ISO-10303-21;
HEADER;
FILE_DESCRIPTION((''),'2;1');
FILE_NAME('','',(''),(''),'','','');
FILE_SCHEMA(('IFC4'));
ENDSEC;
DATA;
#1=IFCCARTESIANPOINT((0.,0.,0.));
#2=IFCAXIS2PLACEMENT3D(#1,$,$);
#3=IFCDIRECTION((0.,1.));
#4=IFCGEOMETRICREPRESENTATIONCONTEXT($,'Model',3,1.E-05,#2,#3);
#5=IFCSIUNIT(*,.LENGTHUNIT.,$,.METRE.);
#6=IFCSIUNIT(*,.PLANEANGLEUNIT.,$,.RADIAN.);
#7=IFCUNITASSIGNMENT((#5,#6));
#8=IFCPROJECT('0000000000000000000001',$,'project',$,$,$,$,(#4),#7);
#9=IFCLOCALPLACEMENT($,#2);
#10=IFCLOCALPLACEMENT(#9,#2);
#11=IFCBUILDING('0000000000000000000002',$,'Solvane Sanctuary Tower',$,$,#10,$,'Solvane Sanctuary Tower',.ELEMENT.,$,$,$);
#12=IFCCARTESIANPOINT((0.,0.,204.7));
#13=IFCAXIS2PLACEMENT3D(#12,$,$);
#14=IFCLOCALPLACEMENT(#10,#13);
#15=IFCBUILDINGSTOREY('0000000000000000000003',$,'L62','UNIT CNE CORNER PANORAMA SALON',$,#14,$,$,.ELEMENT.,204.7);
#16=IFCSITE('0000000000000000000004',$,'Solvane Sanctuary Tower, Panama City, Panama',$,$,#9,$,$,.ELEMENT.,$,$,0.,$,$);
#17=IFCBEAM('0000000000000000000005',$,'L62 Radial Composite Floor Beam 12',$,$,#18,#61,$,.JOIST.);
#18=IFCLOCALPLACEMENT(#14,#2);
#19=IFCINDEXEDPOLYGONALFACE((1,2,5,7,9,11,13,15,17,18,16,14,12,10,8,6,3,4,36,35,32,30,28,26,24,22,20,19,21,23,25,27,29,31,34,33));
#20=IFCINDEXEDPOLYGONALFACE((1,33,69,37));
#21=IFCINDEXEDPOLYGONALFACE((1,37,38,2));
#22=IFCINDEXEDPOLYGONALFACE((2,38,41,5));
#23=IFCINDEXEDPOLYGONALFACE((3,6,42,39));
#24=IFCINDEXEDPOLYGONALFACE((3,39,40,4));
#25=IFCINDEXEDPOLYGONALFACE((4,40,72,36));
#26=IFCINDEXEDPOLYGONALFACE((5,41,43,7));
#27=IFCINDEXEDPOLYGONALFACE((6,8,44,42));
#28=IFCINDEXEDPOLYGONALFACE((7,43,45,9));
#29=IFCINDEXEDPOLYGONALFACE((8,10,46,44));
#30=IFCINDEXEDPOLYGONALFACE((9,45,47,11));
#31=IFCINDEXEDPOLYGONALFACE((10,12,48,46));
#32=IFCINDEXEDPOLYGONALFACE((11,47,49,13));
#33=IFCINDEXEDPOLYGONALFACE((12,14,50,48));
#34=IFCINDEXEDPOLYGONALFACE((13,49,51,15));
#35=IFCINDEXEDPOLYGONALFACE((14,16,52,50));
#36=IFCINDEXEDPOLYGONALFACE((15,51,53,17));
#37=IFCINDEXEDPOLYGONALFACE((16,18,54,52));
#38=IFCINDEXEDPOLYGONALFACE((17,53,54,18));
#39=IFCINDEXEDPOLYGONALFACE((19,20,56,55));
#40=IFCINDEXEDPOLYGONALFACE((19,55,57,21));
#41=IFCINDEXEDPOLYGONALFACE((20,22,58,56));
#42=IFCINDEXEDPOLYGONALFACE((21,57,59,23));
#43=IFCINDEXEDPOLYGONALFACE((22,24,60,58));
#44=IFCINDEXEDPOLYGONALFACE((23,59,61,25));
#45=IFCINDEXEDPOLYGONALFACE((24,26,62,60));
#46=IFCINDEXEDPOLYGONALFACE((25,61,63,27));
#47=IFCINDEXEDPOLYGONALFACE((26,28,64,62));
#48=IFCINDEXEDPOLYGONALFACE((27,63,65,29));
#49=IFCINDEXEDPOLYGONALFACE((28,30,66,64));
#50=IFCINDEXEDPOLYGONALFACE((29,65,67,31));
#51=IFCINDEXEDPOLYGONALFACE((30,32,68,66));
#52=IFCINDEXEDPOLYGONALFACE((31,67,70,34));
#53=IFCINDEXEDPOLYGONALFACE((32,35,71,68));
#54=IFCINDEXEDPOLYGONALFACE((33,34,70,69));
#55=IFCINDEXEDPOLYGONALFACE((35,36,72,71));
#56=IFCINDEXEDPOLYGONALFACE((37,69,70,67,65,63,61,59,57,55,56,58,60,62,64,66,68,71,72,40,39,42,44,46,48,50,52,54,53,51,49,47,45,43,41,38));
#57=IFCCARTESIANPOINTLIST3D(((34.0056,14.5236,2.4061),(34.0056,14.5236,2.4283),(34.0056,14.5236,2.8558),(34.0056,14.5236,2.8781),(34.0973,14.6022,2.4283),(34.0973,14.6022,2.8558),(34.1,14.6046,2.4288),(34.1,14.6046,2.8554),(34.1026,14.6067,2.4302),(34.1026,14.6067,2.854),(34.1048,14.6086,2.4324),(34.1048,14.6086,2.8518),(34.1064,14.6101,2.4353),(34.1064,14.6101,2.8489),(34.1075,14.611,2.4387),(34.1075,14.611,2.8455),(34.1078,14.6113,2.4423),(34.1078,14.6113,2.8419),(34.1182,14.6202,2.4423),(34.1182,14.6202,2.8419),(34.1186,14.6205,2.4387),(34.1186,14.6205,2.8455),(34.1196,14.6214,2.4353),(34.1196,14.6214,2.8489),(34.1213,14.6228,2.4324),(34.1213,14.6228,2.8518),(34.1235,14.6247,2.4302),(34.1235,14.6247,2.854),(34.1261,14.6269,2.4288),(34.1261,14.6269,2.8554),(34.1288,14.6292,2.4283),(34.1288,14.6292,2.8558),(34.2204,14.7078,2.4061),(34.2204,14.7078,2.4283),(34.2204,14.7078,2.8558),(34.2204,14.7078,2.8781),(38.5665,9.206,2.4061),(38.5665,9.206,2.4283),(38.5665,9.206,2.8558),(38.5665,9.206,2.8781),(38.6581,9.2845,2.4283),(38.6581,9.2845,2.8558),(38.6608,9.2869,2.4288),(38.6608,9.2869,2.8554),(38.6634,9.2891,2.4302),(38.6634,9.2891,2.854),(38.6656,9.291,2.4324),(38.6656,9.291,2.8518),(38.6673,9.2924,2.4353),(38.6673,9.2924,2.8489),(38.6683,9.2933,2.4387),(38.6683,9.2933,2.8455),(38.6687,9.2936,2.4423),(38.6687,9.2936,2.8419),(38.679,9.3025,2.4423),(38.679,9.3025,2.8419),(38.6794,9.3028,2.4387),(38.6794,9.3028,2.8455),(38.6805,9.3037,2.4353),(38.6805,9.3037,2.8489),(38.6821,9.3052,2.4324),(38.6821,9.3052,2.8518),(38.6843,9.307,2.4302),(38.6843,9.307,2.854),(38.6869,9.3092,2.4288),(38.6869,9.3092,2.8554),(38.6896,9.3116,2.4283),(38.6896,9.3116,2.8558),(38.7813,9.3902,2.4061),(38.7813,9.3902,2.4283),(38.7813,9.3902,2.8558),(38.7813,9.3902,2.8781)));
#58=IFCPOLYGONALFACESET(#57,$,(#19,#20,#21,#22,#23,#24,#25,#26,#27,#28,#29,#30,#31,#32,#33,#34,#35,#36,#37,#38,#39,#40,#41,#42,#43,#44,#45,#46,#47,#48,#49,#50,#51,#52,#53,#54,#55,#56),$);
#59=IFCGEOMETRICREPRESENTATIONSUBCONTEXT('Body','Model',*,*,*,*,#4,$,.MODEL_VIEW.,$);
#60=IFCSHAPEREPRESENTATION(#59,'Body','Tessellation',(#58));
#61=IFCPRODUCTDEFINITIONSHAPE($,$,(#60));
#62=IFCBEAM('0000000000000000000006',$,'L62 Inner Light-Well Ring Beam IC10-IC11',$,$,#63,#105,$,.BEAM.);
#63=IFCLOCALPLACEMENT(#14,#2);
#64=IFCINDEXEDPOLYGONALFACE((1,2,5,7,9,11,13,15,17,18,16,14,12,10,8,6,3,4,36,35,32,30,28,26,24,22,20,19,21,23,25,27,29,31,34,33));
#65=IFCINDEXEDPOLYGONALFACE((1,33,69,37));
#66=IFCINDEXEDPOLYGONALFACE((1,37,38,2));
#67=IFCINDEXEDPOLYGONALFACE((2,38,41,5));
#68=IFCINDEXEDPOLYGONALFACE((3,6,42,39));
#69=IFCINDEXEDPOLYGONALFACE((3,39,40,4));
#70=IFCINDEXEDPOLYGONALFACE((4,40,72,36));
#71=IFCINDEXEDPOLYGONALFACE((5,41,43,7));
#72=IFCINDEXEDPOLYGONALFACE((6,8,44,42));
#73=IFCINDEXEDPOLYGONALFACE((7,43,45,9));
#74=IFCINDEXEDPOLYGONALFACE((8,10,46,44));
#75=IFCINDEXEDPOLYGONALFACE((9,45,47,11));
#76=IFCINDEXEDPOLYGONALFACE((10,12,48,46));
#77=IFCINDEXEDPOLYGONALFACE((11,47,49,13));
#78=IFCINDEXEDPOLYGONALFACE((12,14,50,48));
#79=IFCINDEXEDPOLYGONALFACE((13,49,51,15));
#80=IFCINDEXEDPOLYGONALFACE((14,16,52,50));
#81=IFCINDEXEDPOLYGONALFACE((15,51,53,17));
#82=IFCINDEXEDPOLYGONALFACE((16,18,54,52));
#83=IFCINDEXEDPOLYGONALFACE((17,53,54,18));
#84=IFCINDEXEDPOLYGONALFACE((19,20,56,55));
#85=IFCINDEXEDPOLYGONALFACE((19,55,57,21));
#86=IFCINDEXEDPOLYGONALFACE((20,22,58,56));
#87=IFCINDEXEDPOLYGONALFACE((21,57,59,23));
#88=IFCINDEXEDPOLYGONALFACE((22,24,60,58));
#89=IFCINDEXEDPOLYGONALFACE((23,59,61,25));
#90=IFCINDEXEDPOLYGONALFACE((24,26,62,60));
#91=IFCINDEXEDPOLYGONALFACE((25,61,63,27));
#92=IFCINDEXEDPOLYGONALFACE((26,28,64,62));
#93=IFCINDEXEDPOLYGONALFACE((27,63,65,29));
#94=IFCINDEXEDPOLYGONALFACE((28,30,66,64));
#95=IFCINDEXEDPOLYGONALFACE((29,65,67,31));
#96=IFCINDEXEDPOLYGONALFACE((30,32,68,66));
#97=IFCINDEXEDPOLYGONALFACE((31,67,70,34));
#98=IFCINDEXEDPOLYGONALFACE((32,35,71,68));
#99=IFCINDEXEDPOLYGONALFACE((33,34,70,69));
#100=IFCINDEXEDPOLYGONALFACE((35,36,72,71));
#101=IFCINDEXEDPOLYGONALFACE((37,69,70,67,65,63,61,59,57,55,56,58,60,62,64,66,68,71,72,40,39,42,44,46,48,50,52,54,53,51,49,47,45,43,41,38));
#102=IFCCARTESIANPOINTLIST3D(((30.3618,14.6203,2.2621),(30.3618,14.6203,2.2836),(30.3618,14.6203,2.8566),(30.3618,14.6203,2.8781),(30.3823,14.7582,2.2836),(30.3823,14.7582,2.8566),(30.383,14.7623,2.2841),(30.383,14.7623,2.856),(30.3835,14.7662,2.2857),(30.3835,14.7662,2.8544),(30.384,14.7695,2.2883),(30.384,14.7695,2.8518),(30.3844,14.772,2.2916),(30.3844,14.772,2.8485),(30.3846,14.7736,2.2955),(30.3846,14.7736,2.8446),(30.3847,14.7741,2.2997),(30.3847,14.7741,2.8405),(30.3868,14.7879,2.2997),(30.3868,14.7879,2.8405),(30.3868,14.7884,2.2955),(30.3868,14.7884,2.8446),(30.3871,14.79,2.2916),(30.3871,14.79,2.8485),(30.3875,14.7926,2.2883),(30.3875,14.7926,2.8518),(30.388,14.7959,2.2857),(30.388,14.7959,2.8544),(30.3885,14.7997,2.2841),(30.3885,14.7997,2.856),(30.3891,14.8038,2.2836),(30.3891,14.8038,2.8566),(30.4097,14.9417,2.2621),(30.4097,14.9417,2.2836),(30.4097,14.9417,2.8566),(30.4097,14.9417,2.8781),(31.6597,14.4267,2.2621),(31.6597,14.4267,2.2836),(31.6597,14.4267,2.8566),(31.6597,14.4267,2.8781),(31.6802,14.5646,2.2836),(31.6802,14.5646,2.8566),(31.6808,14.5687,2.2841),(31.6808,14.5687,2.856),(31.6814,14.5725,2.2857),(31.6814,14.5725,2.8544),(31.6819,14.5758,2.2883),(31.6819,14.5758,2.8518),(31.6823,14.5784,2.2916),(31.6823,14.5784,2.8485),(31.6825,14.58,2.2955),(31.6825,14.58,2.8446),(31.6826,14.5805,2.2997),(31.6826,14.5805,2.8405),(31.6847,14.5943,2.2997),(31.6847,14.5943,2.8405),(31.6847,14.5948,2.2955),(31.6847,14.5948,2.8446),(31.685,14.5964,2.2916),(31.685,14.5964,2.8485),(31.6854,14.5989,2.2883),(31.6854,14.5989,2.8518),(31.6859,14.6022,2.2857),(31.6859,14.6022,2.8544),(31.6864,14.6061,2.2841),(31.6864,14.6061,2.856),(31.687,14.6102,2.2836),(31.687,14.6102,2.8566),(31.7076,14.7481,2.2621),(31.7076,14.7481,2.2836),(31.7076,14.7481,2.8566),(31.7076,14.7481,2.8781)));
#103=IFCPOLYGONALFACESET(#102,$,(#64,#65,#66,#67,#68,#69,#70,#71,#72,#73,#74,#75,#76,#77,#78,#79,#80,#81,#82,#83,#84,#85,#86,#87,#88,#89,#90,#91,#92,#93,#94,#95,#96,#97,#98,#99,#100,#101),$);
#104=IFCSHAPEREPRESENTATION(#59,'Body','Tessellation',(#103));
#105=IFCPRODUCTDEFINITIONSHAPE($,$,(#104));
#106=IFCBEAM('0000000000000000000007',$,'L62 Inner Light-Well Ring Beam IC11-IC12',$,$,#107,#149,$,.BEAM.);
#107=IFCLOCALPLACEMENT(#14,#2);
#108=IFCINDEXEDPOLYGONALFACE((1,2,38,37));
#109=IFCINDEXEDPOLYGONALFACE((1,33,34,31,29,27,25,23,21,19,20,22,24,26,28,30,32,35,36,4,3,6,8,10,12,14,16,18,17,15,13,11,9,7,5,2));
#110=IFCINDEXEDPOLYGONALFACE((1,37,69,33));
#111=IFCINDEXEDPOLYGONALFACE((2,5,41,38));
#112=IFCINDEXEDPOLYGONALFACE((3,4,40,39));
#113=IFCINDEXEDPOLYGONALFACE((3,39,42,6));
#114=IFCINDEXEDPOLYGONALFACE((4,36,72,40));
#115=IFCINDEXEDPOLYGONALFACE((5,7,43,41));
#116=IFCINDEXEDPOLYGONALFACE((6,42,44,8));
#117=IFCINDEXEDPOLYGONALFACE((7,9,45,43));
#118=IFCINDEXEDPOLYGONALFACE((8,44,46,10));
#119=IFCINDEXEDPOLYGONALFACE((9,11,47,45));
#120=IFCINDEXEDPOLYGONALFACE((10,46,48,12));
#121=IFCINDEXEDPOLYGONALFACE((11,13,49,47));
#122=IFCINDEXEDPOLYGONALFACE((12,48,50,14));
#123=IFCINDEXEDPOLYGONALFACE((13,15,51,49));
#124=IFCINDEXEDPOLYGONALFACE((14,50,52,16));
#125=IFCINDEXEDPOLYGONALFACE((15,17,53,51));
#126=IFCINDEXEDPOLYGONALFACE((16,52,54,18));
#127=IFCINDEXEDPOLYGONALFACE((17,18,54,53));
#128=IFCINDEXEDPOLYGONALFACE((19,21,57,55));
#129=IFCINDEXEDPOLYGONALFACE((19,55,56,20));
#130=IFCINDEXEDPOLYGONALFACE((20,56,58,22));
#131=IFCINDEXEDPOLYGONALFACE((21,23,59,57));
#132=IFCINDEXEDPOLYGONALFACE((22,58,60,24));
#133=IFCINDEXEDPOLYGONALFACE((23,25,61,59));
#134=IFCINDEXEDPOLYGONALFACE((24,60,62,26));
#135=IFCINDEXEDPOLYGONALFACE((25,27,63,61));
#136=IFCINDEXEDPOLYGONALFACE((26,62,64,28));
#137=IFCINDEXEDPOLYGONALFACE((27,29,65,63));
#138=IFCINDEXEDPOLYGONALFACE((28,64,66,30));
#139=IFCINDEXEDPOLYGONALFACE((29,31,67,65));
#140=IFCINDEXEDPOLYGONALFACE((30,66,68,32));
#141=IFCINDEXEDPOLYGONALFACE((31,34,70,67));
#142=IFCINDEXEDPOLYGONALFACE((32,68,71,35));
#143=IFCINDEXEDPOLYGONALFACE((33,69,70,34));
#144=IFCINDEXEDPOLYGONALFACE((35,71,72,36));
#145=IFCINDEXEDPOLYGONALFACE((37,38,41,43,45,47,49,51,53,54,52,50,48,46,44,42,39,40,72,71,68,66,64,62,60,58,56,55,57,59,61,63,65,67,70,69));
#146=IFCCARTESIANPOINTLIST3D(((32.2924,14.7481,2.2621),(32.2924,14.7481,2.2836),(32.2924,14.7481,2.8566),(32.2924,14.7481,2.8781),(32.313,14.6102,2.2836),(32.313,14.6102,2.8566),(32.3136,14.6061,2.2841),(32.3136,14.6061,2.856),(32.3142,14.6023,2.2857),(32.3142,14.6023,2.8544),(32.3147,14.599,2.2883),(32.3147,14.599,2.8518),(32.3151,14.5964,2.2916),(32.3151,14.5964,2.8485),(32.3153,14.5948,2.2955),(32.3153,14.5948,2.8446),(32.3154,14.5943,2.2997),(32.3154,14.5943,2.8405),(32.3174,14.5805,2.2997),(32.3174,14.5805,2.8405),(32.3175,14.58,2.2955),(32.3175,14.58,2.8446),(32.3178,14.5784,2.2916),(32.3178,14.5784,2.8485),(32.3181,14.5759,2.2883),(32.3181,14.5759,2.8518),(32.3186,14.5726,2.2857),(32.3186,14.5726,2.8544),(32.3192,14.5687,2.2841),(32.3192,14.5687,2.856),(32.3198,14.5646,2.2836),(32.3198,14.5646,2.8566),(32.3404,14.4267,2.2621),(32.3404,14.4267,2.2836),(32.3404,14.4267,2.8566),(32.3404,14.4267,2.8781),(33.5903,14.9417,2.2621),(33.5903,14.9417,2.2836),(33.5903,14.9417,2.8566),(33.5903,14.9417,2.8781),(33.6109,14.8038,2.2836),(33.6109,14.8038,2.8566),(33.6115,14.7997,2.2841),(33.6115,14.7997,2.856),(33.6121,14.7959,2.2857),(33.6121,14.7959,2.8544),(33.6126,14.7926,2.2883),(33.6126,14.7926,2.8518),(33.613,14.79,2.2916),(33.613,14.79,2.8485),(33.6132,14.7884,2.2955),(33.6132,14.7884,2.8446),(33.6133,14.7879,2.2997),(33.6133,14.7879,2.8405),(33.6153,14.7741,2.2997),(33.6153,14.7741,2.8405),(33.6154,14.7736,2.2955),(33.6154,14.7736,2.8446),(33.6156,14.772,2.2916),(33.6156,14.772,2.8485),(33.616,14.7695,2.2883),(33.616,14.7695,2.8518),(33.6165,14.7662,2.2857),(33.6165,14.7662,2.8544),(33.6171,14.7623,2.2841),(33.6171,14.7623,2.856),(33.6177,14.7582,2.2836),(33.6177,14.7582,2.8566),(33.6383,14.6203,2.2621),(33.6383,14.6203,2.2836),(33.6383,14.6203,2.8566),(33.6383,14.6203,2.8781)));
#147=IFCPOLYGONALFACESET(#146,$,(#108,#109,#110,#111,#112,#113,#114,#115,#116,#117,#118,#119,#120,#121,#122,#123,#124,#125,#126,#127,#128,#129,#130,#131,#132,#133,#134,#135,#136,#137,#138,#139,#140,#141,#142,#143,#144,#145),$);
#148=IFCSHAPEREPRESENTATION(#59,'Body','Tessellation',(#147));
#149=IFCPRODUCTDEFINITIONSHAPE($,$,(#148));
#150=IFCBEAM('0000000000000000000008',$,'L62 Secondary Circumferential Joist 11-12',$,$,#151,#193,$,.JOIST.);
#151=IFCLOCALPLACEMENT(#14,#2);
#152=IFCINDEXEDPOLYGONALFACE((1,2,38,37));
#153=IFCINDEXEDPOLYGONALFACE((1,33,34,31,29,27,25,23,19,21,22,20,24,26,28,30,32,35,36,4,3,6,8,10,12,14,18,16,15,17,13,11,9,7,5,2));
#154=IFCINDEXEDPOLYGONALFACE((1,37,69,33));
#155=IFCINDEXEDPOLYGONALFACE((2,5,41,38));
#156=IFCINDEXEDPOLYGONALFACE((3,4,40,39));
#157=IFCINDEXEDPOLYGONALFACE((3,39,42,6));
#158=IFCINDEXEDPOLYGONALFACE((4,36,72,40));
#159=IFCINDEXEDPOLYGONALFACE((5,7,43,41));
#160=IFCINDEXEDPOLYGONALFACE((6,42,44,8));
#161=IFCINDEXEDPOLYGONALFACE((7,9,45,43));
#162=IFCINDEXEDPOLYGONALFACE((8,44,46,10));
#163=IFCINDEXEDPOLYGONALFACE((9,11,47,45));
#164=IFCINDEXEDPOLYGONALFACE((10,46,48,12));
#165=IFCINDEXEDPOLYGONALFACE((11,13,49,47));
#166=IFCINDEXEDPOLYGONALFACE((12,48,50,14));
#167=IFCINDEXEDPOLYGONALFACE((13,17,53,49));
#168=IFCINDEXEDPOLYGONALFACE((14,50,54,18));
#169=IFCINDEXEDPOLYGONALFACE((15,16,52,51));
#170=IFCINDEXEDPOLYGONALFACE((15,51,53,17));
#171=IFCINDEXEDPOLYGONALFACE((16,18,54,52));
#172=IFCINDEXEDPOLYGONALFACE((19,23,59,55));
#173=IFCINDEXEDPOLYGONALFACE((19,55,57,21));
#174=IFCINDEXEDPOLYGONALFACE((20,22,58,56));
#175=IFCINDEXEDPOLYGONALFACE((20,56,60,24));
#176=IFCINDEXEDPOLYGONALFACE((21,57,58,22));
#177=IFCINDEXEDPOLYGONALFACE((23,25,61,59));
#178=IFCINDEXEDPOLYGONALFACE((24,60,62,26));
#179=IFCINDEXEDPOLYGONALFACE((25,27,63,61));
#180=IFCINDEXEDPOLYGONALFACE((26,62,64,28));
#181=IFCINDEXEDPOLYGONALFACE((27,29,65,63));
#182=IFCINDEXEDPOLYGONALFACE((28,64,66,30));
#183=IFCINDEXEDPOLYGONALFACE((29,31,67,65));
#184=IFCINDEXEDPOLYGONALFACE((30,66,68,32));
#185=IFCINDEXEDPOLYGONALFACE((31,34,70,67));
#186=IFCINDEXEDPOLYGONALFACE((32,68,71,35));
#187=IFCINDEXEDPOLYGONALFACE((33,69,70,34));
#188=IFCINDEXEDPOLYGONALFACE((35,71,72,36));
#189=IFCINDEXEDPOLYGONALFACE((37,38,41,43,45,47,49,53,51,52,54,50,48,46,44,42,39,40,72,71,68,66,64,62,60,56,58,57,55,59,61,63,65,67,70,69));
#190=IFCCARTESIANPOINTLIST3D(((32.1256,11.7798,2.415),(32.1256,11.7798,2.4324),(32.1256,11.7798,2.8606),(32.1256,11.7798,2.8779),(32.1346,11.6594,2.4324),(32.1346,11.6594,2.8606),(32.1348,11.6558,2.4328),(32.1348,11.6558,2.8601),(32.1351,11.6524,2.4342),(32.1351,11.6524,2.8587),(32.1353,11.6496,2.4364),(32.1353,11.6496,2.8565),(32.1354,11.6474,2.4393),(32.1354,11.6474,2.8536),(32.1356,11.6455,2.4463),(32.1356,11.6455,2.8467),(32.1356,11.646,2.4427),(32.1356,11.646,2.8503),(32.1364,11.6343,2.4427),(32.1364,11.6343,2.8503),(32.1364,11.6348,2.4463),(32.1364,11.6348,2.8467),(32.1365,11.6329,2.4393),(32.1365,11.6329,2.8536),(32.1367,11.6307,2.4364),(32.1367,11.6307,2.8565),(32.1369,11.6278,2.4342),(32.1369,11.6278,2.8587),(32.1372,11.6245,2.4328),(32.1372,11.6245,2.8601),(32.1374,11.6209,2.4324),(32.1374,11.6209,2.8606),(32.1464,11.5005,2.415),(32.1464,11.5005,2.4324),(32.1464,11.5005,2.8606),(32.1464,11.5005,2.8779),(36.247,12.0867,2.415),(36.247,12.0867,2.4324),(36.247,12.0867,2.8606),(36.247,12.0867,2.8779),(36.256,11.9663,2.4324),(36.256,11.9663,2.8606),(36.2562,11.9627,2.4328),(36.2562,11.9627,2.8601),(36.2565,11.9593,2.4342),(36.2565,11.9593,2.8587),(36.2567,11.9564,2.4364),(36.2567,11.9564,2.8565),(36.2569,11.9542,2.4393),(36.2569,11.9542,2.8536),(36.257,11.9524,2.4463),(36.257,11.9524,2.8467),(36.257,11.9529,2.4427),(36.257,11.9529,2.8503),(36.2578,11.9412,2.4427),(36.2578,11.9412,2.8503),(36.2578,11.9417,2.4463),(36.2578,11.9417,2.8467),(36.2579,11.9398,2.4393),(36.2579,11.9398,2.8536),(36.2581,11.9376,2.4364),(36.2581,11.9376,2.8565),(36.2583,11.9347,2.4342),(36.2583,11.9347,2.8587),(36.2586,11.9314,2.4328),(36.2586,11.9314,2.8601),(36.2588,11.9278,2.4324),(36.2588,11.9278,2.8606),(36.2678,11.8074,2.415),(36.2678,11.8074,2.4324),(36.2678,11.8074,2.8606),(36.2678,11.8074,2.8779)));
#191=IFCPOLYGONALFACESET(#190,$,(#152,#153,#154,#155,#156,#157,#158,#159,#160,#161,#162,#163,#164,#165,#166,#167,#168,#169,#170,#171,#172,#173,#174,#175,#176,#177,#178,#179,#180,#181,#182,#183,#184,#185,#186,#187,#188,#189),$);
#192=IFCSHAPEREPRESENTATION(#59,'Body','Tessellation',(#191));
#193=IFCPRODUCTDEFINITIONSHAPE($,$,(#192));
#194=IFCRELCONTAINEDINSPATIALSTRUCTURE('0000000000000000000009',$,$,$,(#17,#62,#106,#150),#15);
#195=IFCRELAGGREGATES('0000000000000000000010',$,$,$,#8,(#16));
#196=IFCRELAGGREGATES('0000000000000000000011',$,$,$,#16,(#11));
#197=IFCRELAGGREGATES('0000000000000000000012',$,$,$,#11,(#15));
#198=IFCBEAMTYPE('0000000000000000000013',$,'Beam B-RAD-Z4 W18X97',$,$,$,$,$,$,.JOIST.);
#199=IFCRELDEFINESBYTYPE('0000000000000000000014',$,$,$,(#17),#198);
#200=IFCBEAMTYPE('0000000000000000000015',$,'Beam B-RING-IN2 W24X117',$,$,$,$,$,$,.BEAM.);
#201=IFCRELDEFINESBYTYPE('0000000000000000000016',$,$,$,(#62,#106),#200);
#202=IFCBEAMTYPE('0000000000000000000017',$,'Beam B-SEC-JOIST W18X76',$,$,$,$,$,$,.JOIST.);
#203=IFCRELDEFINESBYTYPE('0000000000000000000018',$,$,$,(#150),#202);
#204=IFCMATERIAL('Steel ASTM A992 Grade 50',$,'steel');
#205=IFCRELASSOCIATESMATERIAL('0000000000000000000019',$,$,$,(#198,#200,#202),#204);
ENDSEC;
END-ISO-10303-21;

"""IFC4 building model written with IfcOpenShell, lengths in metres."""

from ifc_helpers import new_model, si_unit, direction, frame, origin, origin_2d, place, context, subcontext, project, spatial, i_section, extrude, material, material_profile, profile_set, type_object, element, save


model = new_model("IFC4")

# Units and contexts
model_context = context("Model", 3, precision=1e-05, world=origin(), true_north=direction((0.0, 1.0)))
body_context = subcontext(model_context, "Body", "Model", "MODEL_VIEW")
ifc_project = project(units=[si_unit("LENGTHUNIT", "METRE"), si_unit("PLANEANGLEUNIT", "RADIAN")], contexts=[model_context])

# Site, building, storey
site_placement = place(None, origin())
site = spatial("IfcSite", under=ifc_project, at=site_placement, Name="Solvane Sanctuary Tower, Panama City, Panama", CompositionType="ELEMENT", RefElevation=0.0)
building_placement = place(site_placement, origin())
building = spatial("IfcBuilding", under=site, at=building_placement, Name="Solvane Sanctuary Tower", LongName="Solvane Sanctuary Tower", CompositionType="ELEMENT")
storey_placement = place(building_placement, frame((0.0, 0.0, 204.7)))
storey = spatial("IfcBuildingStorey", under=building, at=storey_placement, Name="L62", Description="UNIT CNE CORNER PANORAMA SALON", CompositionType="ELEMENT", Elevation=204.7)

# Beams
ifc_material_1 = material(Name="Steel ASTM A992 Grade 50", Category="steel")
ifc_material_profile_1 = material_profile(ifc_material_1, i_section(OverallWidth=0.283, OverallDepth=0.4719, WebThickness=0.0137, FlangeThickness=0.0222, FilletRadius=0.0139, at=origin_2d()), Name="W18X97")
ifc_profile_set_1 = profile_set([ifc_material_profile_1], Name="Steel ASTM A992 Grade 50")
beam_type_1 = type_object("IfcBeamType", Name="Beam B-RAD-Z4 W18X97", PredefinedType="JOIST", material=ifc_profile_set_1)
beam_1_placement = place(storey_placement, frame((34.113, 14.6157, 2.6421), z_axis=(0.651024, -0.759057, 0.0), x_axis=(0.759057, 0.651024, 0.0)))
element("IfcBeam", 1, at=beam_1_placement, inside=storey, type_object=beam_type_1, Name="L62 Radial Composite Floor Beam 12", PredefinedType="JOIST", context=body_context, shape_type="SweptSolid", body=[
    extrude(i_section(OverallWidth=0.283, OverallDepth=0.4719, WebThickness=0.0137, FlangeThickness=0.0222, FilletRadius=0.0139, at=origin_2d()), origin(), (0.0, 0.0, 1.0), 7.0056),
])
ifc_material_profile_2 = material_profile(ifc_material_1, i_section(OverallWidth=0.325, OverallDepth=0.616, WebThickness=0.0139, FlangeThickness=0.0215, FilletRadius=0.0161, at=origin_2d()), Name="W24X117")
ifc_profile_set_2 = profile_set([ifc_material_profile_2], Name="Steel ASTM A992 Grade 50")
beam_type_2 = type_object("IfcBeamType", Name="Beam B-RING-IN2 W24X117", PredefinedType="BEAM", material=ifc_profile_set_2)
for number, where, z_axis, x_axis, name in (
    (2, (30.3857, 14.781, 2.5701), (0.989056, -0.14754, 0.0), (0.14754, 0.989056, 0.0), "L62 Inner Light-Well Ring Beam IC10-IC11"),
    (3, (32.3164, 14.5874, 2.5701), (0.989056, 0.14754, 0.0), (-0.14754, 0.989056, 0.0), "L62 Inner Light-Well Ring Beam IC11-IC12"),
):
    element("IfcBeam", number, at=place(storey_placement, frame(where, z_axis=z_axis, x_axis=x_axis)), inside=storey, type_object=beam_type_2, Name=name, PredefinedType="BEAM", context=body_context, shape_type="SweptSolid", body=[
        extrude(i_section(OverallWidth=0.325, OverallDepth=0.616, WebThickness=0.0139, FlangeThickness=0.0215, FilletRadius=0.0161, at=origin_2d()), origin(), (0.0, 0.0, 1.0), 1.3123),
    ])
ifc_material_profile_3 = material_profile(ifc_material_1, i_section(OverallWidth=0.28, OverallDepth=0.4629, WebThickness=0.0107, FlangeThickness=0.0173, FilletRadius=0.0139, at=origin_2d()), Name="W18X76")
ifc_profile_set_3 = profile_set([ifc_material_profile_3], Name="Steel ASTM A992 Grade 50")
beam_type_3 = type_object("IfcBeamType", Name="Beam B-SEC-JOIST W18X76", PredefinedType="JOIST", material=ifc_profile_set_3)
beam_2_placement = place(storey_placement, frame((32.136, 11.6401, 2.6465), z_axis=(0.997239, 0.074257, 0.0), x_axis=(-0.074257, 0.997239, 0.0)))
element("IfcBeam", 4, at=beam_2_placement, inside=storey, type_object=beam_type_3, Name="L62 Secondary Circumferential Joist 11-12", PredefinedType="JOIST", context=body_context, shape_type="SweptSolid", body=[
    extrude(i_section(OverallWidth=0.28, OverallDepth=0.4629, WebThickness=0.0107, FlangeThickness=0.0173, FilletRadius=0.0139, at=origin_2d()), origin(), (0.0, 0.0, 1.0), 4.1328),
])

save(model, "model.ifc")
